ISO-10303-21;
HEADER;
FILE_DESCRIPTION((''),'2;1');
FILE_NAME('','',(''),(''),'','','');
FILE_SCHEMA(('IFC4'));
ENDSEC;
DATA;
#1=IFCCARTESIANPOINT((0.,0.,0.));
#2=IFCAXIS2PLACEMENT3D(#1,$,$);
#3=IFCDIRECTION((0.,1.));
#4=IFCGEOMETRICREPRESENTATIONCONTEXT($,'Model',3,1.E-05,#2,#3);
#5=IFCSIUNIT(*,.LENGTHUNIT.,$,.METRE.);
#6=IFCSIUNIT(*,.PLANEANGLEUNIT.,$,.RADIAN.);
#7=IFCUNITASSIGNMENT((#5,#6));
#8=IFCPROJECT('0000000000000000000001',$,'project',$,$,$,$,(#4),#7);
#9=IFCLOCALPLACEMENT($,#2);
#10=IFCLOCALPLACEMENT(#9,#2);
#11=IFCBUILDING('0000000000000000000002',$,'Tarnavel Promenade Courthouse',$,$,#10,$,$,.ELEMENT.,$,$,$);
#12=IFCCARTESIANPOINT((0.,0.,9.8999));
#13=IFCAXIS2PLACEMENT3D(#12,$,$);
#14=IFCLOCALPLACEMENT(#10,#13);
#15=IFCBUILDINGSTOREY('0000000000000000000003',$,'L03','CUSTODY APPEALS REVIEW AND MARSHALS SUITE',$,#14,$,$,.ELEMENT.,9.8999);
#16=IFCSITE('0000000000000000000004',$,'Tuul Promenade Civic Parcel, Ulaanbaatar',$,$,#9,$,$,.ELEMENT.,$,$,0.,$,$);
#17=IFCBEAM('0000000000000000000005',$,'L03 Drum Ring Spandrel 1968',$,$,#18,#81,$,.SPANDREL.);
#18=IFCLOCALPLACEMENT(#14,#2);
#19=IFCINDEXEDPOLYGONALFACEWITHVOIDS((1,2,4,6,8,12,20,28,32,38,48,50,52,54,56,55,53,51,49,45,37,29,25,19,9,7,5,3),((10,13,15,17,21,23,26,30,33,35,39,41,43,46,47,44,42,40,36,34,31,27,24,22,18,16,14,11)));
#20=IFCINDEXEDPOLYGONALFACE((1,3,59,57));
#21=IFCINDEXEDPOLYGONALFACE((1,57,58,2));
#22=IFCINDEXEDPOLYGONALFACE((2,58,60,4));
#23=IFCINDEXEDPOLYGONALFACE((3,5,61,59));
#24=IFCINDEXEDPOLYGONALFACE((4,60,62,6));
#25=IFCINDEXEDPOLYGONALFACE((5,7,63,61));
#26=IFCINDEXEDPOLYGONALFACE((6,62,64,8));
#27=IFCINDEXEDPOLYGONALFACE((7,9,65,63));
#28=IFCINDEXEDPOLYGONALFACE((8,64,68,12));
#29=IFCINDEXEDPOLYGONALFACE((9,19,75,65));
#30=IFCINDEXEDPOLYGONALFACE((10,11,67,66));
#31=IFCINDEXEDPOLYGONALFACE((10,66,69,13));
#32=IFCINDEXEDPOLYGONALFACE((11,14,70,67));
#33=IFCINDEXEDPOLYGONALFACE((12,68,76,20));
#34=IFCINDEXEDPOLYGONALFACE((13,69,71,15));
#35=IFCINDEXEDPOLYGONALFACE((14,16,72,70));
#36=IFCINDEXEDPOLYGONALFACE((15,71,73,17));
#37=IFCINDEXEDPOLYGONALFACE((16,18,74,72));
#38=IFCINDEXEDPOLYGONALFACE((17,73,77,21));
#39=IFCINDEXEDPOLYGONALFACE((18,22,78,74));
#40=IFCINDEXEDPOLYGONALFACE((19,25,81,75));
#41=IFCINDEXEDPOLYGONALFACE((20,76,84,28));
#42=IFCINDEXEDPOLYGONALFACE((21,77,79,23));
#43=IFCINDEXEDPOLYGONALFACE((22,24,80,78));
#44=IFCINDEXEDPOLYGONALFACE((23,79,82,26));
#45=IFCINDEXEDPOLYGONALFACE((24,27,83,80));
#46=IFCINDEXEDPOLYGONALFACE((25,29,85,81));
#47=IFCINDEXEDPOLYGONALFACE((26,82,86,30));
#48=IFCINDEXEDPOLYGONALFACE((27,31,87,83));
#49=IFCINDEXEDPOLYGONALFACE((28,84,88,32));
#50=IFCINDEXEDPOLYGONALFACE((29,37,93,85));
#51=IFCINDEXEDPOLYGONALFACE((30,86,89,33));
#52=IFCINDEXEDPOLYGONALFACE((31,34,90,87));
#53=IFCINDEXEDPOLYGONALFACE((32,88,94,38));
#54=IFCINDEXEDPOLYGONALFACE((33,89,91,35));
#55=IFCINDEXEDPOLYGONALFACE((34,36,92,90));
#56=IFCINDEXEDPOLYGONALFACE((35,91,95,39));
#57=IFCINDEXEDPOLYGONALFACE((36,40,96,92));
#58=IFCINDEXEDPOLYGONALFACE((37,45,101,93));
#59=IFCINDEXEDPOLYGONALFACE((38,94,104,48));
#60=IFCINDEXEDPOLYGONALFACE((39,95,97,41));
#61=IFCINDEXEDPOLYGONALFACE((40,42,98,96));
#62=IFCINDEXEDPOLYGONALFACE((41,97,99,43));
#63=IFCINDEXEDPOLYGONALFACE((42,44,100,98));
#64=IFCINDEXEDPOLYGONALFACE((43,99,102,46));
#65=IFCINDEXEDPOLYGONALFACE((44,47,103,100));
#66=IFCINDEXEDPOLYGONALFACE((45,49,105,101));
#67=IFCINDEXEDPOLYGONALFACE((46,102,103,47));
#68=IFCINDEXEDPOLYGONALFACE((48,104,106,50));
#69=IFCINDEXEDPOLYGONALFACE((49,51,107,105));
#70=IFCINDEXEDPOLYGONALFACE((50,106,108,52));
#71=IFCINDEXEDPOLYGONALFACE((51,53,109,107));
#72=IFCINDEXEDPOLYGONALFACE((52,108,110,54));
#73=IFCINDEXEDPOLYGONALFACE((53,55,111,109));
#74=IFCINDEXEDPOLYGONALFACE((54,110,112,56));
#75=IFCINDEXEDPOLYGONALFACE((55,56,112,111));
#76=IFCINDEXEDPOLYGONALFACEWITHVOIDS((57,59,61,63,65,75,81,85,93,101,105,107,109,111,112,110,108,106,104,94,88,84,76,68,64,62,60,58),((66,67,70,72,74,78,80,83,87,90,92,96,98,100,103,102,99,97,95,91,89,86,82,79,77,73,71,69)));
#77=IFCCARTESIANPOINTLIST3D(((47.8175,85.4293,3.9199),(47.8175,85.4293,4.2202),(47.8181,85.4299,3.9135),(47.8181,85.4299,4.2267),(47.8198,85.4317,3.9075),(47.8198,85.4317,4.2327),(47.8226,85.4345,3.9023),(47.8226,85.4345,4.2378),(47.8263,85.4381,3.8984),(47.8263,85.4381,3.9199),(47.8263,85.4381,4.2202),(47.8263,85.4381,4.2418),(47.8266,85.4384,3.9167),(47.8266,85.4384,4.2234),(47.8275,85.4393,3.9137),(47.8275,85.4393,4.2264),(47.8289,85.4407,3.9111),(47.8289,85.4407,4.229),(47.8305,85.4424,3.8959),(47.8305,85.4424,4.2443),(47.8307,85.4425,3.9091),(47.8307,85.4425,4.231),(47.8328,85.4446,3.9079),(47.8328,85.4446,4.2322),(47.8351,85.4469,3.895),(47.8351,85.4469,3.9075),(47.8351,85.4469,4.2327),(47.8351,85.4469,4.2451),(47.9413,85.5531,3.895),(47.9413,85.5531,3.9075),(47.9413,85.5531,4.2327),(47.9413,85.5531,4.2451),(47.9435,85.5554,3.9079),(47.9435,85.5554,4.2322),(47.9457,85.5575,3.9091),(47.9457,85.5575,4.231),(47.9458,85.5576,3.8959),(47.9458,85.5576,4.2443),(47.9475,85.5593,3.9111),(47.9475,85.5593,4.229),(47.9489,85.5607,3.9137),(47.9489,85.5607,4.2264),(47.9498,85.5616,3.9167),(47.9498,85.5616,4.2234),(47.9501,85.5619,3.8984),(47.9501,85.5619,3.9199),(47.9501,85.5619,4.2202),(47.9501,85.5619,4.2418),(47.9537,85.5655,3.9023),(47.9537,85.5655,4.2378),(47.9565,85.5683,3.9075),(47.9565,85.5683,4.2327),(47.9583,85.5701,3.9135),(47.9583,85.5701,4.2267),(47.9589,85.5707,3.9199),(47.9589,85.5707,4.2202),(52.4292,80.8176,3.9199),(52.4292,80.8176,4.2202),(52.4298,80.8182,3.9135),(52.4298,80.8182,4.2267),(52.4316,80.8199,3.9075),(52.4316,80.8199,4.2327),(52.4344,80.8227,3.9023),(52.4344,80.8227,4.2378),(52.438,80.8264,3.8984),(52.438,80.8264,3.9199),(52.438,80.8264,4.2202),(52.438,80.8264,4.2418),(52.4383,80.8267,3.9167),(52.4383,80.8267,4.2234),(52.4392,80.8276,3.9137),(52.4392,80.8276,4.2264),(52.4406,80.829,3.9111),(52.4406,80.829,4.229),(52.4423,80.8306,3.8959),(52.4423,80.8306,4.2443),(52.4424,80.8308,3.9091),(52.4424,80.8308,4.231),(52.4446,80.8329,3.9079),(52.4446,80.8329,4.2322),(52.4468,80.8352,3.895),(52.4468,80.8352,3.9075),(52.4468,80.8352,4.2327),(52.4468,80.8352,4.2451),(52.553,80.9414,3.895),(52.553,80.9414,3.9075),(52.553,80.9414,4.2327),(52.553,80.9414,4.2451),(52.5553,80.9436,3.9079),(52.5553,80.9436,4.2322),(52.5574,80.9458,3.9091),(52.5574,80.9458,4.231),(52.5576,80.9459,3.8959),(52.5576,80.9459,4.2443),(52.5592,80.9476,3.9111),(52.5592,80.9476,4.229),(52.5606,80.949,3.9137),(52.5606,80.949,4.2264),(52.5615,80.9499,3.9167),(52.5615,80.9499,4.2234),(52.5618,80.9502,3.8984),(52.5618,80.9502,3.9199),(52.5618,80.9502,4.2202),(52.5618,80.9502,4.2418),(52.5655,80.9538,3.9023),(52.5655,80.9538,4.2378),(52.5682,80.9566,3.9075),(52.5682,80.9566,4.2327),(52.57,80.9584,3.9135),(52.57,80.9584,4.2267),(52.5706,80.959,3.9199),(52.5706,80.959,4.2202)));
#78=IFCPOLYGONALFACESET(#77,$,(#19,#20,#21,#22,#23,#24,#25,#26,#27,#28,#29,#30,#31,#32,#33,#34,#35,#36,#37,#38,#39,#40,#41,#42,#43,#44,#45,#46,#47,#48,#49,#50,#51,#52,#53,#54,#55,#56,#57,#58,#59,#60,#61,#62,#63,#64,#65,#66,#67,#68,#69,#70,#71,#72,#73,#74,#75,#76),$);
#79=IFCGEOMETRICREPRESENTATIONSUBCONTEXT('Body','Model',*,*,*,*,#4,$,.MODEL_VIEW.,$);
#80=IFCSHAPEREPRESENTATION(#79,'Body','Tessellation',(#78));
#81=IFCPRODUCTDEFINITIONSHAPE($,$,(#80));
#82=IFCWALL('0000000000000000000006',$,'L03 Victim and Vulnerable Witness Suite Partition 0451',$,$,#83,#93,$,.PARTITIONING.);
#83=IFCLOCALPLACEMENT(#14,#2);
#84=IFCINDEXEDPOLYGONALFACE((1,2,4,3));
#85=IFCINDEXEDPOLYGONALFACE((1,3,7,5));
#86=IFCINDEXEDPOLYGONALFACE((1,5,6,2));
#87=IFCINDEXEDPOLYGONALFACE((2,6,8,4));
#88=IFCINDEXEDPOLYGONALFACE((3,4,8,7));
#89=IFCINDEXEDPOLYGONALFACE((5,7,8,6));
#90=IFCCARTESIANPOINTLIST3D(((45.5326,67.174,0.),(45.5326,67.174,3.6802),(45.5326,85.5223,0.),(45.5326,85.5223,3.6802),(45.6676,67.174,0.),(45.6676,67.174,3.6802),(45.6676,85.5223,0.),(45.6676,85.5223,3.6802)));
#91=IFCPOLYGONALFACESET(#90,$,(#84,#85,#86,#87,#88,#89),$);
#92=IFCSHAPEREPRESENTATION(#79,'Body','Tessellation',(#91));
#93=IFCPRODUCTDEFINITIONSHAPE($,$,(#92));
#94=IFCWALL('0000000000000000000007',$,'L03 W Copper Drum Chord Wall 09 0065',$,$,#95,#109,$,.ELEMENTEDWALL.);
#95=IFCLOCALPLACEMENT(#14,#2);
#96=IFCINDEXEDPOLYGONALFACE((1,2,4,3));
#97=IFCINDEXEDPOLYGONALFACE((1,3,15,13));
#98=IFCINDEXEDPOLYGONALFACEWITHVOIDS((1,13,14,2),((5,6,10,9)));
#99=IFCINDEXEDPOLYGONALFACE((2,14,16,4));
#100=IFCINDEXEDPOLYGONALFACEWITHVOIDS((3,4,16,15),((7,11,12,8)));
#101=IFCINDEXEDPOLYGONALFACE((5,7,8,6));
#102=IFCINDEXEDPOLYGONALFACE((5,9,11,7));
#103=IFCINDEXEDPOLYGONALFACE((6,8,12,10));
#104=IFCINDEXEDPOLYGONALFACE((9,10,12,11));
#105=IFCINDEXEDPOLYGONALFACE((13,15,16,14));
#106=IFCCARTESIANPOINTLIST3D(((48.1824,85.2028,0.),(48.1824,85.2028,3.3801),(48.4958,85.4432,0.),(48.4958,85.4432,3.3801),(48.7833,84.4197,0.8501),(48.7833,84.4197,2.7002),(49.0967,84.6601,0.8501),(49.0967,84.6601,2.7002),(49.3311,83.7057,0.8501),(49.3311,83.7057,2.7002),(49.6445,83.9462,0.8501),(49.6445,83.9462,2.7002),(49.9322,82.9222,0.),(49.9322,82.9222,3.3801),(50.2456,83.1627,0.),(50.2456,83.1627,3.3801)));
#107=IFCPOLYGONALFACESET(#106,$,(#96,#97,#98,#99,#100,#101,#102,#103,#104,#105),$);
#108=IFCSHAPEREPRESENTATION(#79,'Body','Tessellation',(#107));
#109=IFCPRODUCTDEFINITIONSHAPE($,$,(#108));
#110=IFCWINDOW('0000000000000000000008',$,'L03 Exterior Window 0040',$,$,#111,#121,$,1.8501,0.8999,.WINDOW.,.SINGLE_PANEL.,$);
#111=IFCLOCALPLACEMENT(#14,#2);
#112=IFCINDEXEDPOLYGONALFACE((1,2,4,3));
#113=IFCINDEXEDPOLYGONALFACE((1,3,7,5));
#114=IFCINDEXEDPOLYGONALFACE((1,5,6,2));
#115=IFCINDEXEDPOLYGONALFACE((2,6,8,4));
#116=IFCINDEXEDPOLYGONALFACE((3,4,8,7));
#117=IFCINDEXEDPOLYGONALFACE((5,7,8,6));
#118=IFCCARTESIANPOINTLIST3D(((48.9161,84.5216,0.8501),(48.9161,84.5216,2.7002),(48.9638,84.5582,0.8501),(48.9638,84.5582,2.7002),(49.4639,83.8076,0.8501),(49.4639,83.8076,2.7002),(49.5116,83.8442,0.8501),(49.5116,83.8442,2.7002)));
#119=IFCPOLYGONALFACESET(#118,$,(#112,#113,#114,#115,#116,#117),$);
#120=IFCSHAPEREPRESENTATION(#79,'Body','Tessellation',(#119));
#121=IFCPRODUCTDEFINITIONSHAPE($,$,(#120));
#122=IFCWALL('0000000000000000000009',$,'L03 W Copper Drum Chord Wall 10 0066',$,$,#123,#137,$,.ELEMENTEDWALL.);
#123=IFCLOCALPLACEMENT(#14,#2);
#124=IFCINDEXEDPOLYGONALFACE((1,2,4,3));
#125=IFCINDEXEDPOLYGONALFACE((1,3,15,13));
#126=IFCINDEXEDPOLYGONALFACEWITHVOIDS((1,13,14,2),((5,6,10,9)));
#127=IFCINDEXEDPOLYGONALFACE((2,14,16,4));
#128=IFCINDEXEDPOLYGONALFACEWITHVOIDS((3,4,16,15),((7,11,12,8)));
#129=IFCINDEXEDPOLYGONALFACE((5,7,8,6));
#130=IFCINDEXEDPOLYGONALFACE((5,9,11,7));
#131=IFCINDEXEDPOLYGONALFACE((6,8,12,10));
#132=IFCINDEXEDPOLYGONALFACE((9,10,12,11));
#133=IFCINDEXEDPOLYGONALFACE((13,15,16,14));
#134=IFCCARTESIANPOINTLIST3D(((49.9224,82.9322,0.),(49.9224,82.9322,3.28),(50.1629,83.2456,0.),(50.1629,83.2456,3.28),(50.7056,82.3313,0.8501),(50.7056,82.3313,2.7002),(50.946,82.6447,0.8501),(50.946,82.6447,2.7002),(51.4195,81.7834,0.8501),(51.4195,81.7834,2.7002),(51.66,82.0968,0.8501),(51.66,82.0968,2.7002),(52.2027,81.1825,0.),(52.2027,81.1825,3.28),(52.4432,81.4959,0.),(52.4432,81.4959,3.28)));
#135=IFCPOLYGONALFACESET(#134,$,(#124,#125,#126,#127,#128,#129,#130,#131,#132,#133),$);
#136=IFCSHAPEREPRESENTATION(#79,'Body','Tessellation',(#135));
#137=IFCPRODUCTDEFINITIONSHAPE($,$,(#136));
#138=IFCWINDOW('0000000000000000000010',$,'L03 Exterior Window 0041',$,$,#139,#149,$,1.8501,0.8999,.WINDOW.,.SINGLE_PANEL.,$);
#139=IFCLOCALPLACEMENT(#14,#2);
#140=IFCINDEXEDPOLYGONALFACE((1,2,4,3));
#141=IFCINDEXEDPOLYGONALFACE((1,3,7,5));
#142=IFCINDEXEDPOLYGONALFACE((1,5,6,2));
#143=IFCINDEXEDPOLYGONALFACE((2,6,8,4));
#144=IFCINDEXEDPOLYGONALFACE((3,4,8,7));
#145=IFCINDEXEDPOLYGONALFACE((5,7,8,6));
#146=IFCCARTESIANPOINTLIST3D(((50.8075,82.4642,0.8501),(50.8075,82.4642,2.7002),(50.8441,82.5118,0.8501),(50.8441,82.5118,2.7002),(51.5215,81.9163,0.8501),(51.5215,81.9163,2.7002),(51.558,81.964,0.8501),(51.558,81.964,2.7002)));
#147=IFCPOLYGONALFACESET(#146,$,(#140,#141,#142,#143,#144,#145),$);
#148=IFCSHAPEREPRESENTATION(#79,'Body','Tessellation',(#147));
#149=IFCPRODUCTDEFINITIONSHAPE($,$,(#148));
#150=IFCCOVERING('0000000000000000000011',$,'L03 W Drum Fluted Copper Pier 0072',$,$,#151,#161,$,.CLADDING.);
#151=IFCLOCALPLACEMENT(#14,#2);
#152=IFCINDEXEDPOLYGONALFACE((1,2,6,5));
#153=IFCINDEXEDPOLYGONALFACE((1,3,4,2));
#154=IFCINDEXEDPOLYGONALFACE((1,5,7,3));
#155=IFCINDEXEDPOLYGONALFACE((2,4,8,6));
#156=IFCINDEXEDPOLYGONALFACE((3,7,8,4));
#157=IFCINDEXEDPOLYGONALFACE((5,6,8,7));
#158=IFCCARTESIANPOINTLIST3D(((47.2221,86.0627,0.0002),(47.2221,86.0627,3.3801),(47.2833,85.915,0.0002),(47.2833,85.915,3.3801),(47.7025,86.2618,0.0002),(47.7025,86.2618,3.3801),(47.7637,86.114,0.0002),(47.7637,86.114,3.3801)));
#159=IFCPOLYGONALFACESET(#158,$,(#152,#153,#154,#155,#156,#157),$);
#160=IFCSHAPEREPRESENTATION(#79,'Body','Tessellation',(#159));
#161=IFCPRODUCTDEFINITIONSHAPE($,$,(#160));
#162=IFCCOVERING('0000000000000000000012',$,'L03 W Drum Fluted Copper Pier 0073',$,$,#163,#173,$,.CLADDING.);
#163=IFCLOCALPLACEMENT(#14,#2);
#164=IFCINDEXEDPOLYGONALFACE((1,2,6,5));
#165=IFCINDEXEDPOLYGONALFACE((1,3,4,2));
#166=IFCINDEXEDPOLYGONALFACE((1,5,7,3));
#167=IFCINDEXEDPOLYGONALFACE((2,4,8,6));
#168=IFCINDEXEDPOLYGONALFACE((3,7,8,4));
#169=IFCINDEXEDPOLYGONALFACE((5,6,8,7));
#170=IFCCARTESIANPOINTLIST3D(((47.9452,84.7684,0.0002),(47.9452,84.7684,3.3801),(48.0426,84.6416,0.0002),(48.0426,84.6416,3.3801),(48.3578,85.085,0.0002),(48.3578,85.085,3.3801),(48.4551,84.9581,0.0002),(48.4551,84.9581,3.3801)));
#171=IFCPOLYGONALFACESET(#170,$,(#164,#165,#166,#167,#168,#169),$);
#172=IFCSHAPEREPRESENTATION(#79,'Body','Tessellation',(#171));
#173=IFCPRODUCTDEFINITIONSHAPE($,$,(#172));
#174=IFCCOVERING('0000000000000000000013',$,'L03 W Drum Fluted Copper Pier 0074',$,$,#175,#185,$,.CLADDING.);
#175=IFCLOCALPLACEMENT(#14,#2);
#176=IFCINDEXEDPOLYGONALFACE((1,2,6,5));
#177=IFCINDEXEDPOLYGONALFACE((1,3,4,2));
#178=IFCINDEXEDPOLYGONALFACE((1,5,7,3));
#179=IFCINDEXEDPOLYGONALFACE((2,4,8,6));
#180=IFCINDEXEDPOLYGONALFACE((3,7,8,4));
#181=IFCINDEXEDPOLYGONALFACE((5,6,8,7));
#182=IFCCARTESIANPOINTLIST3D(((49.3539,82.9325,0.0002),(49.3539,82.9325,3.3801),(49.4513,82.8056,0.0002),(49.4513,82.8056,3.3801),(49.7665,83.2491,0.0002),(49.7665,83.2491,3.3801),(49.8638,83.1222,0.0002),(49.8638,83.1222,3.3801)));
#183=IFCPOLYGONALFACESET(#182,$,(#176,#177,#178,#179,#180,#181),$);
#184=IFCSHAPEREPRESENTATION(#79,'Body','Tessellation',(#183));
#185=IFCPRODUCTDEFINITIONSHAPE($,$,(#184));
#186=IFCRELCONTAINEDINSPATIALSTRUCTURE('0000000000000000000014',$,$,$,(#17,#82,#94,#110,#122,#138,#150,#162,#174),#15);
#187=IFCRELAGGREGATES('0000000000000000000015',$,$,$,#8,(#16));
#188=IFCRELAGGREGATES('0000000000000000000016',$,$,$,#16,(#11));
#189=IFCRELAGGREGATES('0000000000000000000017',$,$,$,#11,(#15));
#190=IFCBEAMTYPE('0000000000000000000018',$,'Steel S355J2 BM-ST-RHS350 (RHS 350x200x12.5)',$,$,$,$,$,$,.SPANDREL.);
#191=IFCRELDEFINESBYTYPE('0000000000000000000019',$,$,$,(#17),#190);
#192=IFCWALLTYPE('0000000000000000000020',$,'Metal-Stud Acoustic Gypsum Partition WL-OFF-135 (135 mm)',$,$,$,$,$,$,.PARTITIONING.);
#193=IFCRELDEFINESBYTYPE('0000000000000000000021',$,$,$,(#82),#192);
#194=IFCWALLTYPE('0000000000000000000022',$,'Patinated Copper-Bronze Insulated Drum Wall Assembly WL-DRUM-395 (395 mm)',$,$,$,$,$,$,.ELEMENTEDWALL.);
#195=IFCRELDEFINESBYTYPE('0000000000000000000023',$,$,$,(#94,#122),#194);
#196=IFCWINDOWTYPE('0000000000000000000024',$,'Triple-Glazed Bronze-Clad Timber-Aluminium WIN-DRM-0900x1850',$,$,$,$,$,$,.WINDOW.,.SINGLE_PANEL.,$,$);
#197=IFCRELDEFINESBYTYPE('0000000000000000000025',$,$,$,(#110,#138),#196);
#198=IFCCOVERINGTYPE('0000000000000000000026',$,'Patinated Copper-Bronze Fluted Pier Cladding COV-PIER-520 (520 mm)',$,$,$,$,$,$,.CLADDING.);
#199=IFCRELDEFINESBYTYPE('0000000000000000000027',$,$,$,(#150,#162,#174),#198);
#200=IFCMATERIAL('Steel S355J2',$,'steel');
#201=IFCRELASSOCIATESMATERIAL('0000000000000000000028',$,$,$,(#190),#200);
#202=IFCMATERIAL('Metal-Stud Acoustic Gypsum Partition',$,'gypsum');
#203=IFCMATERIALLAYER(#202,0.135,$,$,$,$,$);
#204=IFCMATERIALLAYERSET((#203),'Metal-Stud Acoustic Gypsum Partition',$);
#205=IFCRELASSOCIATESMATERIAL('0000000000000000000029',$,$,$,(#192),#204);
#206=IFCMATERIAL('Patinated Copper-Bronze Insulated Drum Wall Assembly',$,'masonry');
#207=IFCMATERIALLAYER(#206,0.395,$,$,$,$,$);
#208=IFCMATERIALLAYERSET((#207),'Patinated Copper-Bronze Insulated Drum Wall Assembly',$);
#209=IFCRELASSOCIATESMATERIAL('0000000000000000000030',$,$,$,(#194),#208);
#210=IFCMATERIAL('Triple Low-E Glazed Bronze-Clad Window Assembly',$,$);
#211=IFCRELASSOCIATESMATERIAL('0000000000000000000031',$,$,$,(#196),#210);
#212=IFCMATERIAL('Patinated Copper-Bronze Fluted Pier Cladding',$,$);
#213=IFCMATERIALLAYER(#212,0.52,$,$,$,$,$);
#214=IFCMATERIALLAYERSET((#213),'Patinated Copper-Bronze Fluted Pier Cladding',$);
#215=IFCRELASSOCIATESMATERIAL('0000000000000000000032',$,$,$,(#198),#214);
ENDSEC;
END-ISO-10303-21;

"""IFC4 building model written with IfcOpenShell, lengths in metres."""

from ifc_helpers import new_model, si_unit, direction, frame, frame_2d, origin, origin_2d, place, context, subcontext, project, spatial, rectangle, hollow_rectangle, extrude, material, layer, layer_set, material_profile, profile_set, type_object, element, fill, save


model = new_model("IFC4")

# Units and contexts
model_context = context("Model", 3, precision=1e-05, world=origin(), true_north=direction((0.0, 1.0)))
body_context = subcontext(model_context, "Body", "Model", "MODEL_VIEW")
ifc_project = project(units=[si_unit("LENGTHUNIT", "METRE"), si_unit("PLANEANGLEUNIT", "RADIAN")], contexts=[model_context])

# Site, building, storey
site_placement = place(None, origin())
site = spatial("IfcSite", under=ifc_project, at=site_placement, Name="Tuul Promenade Civic Parcel, Ulaanbaatar", CompositionType="ELEMENT", RefElevation=0.0)
building_placement = place(site_placement, origin())
building = spatial("IfcBuilding", under=site, at=building_placement, Name="Tarnavel Promenade Courthouse", CompositionType="ELEMENT")
storey_placement = place(building_placement, frame((0.0, 0.0, 9.8999)))
storey = spatial("IfcBuildingStorey", under=building, at=storey_placement, Name="L03", Description="CUSTODY APPEALS REVIEW AND MARSHALS SUITE", CompositionType="ELEMENT", Elevation=9.8999)

# Beam
ifc_material_1 = material(Name="Steel S355J2", Category="steel")
ifc_material_profile_1 = material_profile(ifc_material_1, hollow_rectangle(XDim=0.2, YDim=0.3501, WallThickness=0.0125, InnerFilletRadius=0.0125, OuterFilletRadius=0.0249, at=origin_2d()), Name="RHS 350x200x12.5")
ifc_profile_set_1 = profile_set([ifc_material_profile_1], Name="Steel S355J2")
beam_type_1 = type_object("IfcBeamType", Name="Steel S355J2 BM-ST-RHS350 (RHS 350x200x12.5)", PredefinedType="SPANDREL", material=ifc_profile_set_1)
beam_1_placement = place(storey_placement, frame((47.8882, 85.5, 4.0701), z_axis=(0.707107, -0.707107, 0.0), x_axis=(0.707107, 0.707107, 0.0)))
element("IfcBeam", 1, at=beam_1_placement, inside=storey, type_object=beam_type_1, Name="L03 Drum Ring Spandrel 1968", PredefinedType="SPANDREL", context=body_context, shape_type="SweptSolid", body=[
    extrude(hollow_rectangle(XDim=0.2, YDim=0.3501, WallThickness=0.0125, InnerFilletRadius=0.0125, OuterFilletRadius=0.0249, at=origin_2d()), origin(), (0.0, 0.0, 1.0), 6.522),
])

# Wall
ifc_material_2 = material(Name="Metal-Stud Acoustic Gypsum Partition", Category="gypsum")
ifc_layer_1 = layer(ifc_material_2, 0.135)
ifc_layer_set_1 = layer_set([ifc_layer_1], Name="Metal-Stud Acoustic Gypsum Partition")
wall_type_1 = type_object("IfcWallType", Name="Metal-Stud Acoustic Gypsum Partition WL-OFF-135 (135 mm)", PredefinedType="PARTITIONING", material=ifc_layer_set_1)
wall_1_placement = place(storey_placement, frame((45.6001, 85.5225, 0.0), z_axis=(0.0, 0.0, 1.0), x_axis=(0.0, -1.0, 0.0)))
element("IfcWall", 2, at=wall_1_placement, inside=storey, type_object=wall_type_1, Name="L03 Victim and Vulnerable Witness Suite Partition 0451", PredefinedType="PARTITIONING", context=body_context, shape_type="SweptSolid", body=[
    extrude(rectangle(XDim=18.3484, YDim=0.135, at=frame_2d((9.1743, 0.0))), origin(), (0.0, 0.0, 1.0), 3.6802),
])

# Walls, openings, windows
ifc_material_3 = material(Name="Patinated Copper-Bronze Insulated Drum Wall Assembly", Category="masonry")
ifc_layer_2 = layer(ifc_material_3, 0.395)
ifc_layer_set_2 = layer_set([ifc_layer_2], Name="Patinated Copper-Bronze Insulated Drum Wall Assembly")
wall_type_2 = type_object("IfcWallType", Name="Patinated Copper-Bronze Insulated Drum Wall Assembly WL-DRUM-395 (395 mm)", PredefinedType="ELEMENTEDWALL", material=ifc_layer_set_2)
wall_2_placement = place(storey_placement, frame((48.3391, 85.323, 0.0), z_axis=(0.0, 0.0, 1.0), x_axis=(0.608729, -0.793378, 0.0)))
wall_2 = element("IfcWall", 3, at=wall_2_placement, inside=storey, type_object=wall_type_2, Name="L03 W Copper Drum Chord Wall 09 0065", PredefinedType="ELEMENTEDWALL", context=body_context, shape_type="SweptSolid", body=[
    extrude(rectangle(XDim=2.8745, YDim=0.395, at=frame_2d((1.4373, 0.0))), origin(), (0.0, 0.0, 1.0), 3.3801),
])
opening_1_placement = place(wall_2_placement, frame((0.9871, 0.0, 0.8501)))
opening_1 = element("IfcOpeningElement", 4, at=opening_1_placement, cuts=wall_2, PredefinedType="OPENING", context=body_context, shape_type="SweptSolid", body=[
    extrude(rectangle(XDim=0.8999, YDim=1.8501, at=frame_2d((0.45, 0.925))), frame((0.0, 0.2075, 0.0), z_axis=(0.0, -1.0, 0.0), x_axis=(1.0, 0.0, 0.0)), (0.0, 0.0, 1.0), 0.415),
])
ifc_material_4 = material(Name="Triple Low-E Glazed Bronze-Clad Window Assembly")
window_type = type_object("IfcWindowType", Name="Triple-Glazed Bronze-Clad Timber-Aluminium WIN-DRM-0900x1850", PartitioningType="SINGLE_PANEL", PredefinedType="WINDOW", material=ifc_material_4)
window_1_placement = place(opening_1_placement, origin())
window_1 = element("IfcWindow", 5, at=window_1_placement, inside=storey, type_object=window_type, Name="L03 Exterior Window 0040", OverallHeight=1.8501, OverallWidth=0.8999, PartitioningType="SINGLE_PANEL", PredefinedType="WINDOW", context=body_context, shape_type="SweptSolid", body=[
    extrude(rectangle(XDim=0.8999, YDim=1.8501, at=frame_2d((0.45, 0.925))), frame((0.0, 0.03, 0.0), z_axis=(0.0, -1.0, 0.0), x_axis=(1.0, 0.0, 0.0)), (0.0, 0.0, 1.0), 0.0601),
])
fill(opening_1, window_1)
wall_3_placement = place(storey_placement, frame((50.0427, 83.0889, 0.0), z_axis=(0.0, 0.0, 1.0), x_axis=(0.793347, -0.60877, 0.0)))
wall_3 = element("IfcWall", 6, at=wall_3_placement, inside=storey, type_object=wall_type_2, Name="L03 W Copper Drum Chord Wall 10 0066", PredefinedType="ELEMENTEDWALL", context=body_context, shape_type="SweptSolid", body=[
    extrude(rectangle(XDim=2.8743, YDim=0.395, at=frame_2d((1.437, 0.0))), origin(), (0.0, 0.0, 1.0), 3.28),
])
opening_2_placement = place(wall_3_placement, frame((0.9871, 0.0, 0.8501)))
opening_2 = element("IfcOpeningElement", 7, at=opening_2_placement, cuts=wall_3, PredefinedType="OPENING", context=body_context, shape_type="SweptSolid", body=[
    extrude(rectangle(XDim=0.8999, YDim=1.8501, at=frame_2d((0.45, 0.925))), frame((0.0, 0.2075, 0.0), z_axis=(0.0, -1.0, 0.0), x_axis=(1.0, 0.0, 0.0)), (0.0, 0.0, 1.0), 0.415),
])
window_2_placement = place(opening_2_placement, origin())
window_2 = element("IfcWindow", 8, at=window_2_placement, inside=storey, type_object=window_type, Name="L03 Exterior Window 0041", OverallHeight=1.8501, OverallWidth=0.8999, PartitioningType="SINGLE_PANEL", PredefinedType="WINDOW", context=body_context, shape_type="SweptSolid", body=[
    extrude(rectangle(XDim=0.8999, YDim=1.8501, at=frame_2d((0.45, 0.925))), frame((0.0, 0.03, 0.0), z_axis=(0.0, -1.0, 0.0), x_axis=(1.0, 0.0, 0.0)), (0.0, 0.0, 1.0), 0.0601),
])
fill(opening_2, window_2)

# Coverings
ifc_material_5 = material(Name="Patinated Copper-Bronze Fluted Pier Cladding")
ifc_layer_3 = layer(ifc_material_5, 0.52)
ifc_layer_set_3 = layer_set([ifc_layer_3], Name="Patinated Copper-Bronze Fluted Pier Cladding")
covering_type = type_object("IfcCoveringType", Name="Patinated Copper-Bronze Fluted Pier Cladding COV-PIER-520 (520 mm)", PredefinedType="CLADDING", material=ifc_layer_set_3)
for number, where, z_axis, x_axis, name in (
    (9, (47.4929, 86.0884, 0.0002), (0.0, 0.0, 1.0), (0.382683, -0.92388, 0.0), "L03 W Drum Fluted Copper Pier 0072"),
    (10, (48.2002, 84.8633, 0.0002), (0.0, 0.0, 1.0), (0.608761, -0.793353, 0.0), "L03 W Drum Fluted Copper Pier 0073"),
    (11, (49.6089, 83.0273, 0.0002), (0.0, 0.0, 1.0), (0.608761, -0.793353, 0.0), "L03 W Drum Fluted Copper Pier 0074"),
):
    element("IfcCovering", number, at=place(storey_placement, frame(where, z_axis=z_axis, x_axis=x_axis)), inside=storey, type_object=covering_type, Name=name, PredefinedType="CLADDING", context=body_context, shape_type="SweptSolid", body=[
        extrude(rectangle(XDim=0.1599, YDim=0.52, at=origin_2d()), origin(), (0.0, 0.0, 1.0), 3.3799),
    ])

save(model, "model.ifc")
